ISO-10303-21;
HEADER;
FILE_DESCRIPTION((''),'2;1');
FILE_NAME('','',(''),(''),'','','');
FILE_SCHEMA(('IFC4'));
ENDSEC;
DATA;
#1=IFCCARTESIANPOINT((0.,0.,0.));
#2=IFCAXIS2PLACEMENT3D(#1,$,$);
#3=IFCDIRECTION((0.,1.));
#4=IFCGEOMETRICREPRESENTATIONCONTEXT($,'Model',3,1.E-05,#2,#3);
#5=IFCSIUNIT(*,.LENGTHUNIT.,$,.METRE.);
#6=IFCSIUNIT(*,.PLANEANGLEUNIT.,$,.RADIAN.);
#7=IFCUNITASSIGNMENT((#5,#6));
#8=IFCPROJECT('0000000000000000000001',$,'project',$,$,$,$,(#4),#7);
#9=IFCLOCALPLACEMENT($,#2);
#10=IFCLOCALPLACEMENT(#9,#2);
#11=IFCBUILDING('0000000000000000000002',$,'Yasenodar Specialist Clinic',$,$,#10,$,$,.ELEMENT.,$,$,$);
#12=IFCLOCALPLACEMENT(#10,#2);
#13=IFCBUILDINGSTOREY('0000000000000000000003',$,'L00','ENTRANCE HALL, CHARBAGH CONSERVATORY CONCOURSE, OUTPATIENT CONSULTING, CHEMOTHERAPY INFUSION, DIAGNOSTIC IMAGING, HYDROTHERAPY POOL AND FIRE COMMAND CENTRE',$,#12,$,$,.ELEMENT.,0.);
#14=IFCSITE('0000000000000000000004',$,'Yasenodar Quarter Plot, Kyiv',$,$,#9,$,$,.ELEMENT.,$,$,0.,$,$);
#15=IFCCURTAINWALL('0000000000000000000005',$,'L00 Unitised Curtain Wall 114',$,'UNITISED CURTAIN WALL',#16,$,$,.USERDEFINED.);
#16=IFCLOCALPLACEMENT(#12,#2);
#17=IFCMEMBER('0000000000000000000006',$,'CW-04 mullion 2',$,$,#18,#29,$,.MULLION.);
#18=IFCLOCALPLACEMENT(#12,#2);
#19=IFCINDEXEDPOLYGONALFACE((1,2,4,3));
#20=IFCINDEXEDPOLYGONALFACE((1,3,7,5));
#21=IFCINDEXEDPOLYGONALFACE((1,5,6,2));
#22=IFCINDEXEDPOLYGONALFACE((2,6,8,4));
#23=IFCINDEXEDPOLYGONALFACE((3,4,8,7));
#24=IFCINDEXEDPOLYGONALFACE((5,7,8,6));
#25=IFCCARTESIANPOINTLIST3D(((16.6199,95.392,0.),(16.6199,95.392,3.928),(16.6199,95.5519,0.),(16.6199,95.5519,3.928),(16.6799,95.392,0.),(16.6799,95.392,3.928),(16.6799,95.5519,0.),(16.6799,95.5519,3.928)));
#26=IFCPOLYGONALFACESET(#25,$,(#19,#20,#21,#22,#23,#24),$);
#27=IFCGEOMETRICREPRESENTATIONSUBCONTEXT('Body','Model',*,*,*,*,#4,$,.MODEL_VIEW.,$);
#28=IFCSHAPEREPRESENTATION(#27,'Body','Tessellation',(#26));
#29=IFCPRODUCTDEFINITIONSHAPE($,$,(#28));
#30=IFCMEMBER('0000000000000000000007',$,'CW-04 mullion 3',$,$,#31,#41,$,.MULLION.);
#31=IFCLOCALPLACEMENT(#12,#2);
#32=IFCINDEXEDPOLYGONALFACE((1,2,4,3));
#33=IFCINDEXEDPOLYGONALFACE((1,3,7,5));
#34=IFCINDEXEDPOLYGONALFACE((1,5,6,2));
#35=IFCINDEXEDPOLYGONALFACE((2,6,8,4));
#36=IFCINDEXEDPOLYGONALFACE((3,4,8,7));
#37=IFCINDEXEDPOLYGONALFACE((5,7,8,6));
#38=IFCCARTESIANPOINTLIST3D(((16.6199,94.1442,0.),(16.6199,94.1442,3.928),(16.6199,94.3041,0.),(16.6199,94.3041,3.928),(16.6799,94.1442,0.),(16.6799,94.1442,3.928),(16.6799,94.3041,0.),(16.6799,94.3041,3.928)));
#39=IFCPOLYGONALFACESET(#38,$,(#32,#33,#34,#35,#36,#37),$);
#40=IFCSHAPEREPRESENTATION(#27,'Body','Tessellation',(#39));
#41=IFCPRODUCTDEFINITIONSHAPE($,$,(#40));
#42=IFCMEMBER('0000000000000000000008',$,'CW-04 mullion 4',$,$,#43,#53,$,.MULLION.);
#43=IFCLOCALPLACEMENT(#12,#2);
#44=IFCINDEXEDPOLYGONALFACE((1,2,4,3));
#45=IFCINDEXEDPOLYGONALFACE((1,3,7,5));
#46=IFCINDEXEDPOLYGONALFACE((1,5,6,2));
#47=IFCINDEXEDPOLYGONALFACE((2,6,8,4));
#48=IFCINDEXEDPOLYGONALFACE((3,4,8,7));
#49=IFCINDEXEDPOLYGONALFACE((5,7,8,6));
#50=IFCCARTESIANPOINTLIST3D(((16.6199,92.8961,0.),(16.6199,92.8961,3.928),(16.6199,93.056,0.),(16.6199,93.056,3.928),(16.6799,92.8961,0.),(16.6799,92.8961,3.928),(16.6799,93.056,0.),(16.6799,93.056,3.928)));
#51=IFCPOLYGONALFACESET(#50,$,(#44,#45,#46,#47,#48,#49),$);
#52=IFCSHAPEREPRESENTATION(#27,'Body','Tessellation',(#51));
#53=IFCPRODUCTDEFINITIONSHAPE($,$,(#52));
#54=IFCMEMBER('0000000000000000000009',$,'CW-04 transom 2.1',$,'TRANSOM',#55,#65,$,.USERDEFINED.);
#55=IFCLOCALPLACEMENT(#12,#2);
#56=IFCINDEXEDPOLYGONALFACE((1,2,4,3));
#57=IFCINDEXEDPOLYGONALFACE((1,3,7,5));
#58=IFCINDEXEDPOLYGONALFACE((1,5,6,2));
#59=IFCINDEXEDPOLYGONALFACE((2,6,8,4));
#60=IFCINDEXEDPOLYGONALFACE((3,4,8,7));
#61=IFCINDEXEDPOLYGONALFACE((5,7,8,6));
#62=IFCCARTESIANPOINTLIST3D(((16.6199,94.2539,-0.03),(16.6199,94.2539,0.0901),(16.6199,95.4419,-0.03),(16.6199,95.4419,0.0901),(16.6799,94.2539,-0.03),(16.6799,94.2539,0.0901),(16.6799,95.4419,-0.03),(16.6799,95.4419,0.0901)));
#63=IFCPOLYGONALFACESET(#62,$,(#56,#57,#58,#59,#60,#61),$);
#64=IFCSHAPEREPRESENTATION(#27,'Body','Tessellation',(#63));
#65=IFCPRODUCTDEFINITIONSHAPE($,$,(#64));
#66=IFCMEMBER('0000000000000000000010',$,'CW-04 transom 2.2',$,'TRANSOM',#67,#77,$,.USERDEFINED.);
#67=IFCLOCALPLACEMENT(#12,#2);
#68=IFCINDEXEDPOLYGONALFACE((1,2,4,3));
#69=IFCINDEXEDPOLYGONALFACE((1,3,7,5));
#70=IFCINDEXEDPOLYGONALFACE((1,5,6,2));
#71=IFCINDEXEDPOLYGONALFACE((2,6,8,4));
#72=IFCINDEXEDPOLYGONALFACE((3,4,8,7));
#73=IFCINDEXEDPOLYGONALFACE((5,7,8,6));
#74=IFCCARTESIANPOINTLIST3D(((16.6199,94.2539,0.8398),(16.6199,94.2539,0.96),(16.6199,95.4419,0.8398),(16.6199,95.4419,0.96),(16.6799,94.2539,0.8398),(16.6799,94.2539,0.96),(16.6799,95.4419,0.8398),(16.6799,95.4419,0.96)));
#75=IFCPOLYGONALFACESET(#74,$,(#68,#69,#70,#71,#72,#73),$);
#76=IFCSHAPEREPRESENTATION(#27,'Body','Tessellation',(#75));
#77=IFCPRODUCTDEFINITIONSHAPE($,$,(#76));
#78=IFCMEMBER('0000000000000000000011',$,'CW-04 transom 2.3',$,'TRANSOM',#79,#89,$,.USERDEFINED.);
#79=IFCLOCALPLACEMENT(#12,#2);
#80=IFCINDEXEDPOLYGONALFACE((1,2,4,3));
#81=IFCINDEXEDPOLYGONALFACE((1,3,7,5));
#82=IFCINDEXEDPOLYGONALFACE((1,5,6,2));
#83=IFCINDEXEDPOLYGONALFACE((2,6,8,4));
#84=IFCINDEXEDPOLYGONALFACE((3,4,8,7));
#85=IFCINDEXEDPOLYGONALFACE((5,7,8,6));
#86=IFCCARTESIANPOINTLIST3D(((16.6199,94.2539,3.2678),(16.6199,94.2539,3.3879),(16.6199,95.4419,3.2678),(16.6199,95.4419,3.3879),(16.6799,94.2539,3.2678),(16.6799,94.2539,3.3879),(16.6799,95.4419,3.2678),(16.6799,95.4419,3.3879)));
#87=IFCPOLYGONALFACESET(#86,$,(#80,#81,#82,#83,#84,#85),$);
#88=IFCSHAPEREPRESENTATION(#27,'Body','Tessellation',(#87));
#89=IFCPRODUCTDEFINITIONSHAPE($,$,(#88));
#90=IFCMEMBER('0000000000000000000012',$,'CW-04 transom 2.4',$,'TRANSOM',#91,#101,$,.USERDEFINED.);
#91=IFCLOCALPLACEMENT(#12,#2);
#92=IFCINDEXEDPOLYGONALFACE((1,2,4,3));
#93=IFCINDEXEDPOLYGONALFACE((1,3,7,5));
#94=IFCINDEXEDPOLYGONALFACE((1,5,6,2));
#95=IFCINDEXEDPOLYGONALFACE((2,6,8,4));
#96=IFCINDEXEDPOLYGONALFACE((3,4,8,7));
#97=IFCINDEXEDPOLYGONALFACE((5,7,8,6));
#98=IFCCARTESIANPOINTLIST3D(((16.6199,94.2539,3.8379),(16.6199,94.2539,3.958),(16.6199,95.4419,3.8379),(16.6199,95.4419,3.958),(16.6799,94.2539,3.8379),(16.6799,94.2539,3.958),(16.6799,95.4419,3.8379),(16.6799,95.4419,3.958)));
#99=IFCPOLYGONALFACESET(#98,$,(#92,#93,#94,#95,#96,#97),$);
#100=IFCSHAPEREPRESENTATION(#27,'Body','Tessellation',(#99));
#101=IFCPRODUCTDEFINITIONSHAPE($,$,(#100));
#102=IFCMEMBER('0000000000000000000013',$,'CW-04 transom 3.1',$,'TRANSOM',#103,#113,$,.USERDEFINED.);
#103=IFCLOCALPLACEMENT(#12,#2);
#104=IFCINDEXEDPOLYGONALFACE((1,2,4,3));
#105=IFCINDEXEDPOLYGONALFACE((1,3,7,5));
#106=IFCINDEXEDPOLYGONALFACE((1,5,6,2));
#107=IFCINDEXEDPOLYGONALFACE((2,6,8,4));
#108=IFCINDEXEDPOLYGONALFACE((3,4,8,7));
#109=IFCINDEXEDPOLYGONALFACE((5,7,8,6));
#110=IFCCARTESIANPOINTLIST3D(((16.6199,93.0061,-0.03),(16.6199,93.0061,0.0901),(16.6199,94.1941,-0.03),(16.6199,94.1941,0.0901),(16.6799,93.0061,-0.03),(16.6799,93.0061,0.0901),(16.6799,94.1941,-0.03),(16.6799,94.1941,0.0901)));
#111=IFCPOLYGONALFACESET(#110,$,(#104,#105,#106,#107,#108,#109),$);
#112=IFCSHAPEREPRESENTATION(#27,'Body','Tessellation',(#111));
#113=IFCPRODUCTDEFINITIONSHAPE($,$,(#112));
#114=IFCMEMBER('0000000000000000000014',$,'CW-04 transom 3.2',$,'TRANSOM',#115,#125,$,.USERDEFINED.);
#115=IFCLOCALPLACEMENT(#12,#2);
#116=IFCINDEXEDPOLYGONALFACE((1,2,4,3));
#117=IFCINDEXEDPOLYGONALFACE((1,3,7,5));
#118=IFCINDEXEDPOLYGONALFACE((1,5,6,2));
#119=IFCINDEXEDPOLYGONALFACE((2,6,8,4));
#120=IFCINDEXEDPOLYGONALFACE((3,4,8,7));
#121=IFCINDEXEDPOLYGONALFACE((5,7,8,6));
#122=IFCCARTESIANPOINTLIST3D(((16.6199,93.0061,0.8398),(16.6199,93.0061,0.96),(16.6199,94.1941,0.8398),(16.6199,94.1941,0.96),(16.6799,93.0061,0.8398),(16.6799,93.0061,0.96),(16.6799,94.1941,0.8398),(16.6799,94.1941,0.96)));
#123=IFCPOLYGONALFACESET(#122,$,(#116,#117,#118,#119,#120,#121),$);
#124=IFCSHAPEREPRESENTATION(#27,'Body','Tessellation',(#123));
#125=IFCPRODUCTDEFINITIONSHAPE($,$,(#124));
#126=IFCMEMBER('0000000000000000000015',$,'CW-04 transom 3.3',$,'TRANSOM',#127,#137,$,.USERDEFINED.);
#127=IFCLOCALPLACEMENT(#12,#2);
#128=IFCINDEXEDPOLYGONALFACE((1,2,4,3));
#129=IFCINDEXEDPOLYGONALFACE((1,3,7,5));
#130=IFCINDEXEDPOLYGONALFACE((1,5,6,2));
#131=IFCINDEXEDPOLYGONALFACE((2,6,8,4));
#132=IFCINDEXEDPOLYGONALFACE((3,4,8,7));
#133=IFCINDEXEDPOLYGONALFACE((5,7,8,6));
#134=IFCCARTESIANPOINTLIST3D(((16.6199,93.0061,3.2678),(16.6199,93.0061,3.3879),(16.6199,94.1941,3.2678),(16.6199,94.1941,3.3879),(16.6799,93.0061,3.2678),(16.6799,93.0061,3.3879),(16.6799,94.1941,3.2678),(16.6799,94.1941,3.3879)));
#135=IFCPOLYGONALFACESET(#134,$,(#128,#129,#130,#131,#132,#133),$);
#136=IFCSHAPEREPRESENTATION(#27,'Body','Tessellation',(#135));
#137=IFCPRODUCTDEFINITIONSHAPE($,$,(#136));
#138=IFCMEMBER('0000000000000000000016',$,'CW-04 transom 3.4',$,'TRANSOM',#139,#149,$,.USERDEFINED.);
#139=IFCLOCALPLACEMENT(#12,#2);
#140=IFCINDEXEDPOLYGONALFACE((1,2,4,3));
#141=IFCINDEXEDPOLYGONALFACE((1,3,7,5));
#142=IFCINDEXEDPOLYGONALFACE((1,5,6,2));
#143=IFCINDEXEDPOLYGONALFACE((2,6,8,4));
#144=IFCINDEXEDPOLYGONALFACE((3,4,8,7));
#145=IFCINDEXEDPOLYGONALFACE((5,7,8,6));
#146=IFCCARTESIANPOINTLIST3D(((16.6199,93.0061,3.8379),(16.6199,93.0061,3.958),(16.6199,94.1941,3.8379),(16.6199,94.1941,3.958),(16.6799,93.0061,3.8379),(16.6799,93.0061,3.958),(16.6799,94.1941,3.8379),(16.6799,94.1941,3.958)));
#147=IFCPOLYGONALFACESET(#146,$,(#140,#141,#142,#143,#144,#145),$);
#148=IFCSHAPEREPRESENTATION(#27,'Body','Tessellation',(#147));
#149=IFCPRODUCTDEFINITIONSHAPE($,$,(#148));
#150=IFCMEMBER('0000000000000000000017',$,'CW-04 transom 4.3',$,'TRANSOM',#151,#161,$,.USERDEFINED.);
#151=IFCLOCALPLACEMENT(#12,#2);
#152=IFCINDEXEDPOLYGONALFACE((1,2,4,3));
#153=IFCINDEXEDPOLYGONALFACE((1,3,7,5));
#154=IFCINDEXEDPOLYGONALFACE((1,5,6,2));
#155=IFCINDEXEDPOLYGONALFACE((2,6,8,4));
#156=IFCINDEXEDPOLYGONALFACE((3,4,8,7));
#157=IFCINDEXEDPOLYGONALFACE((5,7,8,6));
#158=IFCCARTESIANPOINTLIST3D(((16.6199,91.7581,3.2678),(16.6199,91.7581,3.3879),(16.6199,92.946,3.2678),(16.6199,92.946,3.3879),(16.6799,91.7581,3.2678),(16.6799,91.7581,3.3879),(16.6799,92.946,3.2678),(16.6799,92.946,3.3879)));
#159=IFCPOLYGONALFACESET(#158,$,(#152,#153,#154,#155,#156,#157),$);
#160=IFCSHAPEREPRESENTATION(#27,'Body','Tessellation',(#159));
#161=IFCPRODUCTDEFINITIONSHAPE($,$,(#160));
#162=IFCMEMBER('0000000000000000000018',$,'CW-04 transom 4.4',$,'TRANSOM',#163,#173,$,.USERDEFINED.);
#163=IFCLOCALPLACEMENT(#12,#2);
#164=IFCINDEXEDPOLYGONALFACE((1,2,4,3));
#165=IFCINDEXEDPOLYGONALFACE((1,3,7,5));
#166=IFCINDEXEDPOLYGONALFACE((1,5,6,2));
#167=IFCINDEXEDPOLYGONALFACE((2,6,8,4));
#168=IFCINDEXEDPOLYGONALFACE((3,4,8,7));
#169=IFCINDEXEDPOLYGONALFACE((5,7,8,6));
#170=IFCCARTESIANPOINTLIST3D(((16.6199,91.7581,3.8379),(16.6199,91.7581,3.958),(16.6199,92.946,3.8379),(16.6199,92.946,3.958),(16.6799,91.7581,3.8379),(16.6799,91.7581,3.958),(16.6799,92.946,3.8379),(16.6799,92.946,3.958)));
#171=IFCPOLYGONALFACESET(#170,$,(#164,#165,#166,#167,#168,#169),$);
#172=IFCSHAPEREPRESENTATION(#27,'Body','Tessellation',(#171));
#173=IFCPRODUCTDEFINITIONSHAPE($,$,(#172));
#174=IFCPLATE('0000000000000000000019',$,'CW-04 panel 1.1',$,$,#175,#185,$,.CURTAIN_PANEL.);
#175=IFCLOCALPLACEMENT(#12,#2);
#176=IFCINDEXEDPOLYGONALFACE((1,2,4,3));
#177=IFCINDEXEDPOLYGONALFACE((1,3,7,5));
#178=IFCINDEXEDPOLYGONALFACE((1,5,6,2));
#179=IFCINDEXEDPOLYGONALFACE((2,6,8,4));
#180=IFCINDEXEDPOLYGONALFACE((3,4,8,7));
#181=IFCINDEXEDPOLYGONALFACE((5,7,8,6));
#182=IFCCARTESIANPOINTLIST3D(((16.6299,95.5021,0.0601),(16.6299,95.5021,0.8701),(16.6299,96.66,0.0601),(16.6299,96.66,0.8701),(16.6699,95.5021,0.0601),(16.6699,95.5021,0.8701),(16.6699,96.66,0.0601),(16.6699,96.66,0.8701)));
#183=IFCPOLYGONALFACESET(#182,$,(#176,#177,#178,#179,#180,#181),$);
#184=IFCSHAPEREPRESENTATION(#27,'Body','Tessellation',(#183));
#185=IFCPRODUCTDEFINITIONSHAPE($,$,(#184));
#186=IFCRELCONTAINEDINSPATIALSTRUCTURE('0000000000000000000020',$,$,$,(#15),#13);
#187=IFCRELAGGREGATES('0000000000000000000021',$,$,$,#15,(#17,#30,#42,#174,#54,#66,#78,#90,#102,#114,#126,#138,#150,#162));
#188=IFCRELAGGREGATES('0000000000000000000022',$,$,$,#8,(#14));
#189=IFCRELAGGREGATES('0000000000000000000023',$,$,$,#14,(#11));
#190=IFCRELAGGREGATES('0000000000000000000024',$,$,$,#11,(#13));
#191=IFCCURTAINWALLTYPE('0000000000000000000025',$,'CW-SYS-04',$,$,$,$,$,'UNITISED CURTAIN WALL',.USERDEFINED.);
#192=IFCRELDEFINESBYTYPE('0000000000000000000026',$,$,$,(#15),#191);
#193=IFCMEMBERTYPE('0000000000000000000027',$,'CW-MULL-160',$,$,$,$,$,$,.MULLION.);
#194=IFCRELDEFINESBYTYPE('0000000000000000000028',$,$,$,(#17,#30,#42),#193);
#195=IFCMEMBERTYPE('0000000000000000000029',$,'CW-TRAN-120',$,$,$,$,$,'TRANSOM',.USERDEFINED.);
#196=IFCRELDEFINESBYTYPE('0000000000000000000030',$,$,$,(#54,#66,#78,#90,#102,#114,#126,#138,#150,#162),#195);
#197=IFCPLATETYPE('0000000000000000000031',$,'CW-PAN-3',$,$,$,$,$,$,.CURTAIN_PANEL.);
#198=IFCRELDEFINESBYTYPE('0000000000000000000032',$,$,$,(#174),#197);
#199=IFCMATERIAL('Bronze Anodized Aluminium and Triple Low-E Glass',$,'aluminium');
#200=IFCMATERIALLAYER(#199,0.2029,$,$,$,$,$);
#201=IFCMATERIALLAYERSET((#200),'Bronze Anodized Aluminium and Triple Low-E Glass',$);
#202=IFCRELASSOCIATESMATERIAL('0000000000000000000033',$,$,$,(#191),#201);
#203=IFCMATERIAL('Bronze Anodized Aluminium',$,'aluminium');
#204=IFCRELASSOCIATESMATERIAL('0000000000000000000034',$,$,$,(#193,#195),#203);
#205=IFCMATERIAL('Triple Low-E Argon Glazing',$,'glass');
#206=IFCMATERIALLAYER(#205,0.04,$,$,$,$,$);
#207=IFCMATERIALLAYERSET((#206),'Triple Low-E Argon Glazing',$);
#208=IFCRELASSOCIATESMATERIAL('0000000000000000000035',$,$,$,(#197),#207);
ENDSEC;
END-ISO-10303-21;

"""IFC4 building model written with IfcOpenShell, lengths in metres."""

from ifc_helpers import new_model, si_unit, direction, frame, origin, origin_2d, place, context, subcontext, project, spatial, rectangle, extrude, material, layer, layer_set, material_profile, profile_set, type_object, element, aggregate, save


model = new_model("IFC4")

# Units and contexts
model_context = context("Model", 3, precision=1e-05, world=origin(), true_north=direction((0.0, 1.0)))
body_context = subcontext(model_context, "Body", "Model", "MODEL_VIEW")
ifc_project = project(units=[si_unit("LENGTHUNIT", "METRE"), si_unit("PLANEANGLEUNIT", "RADIAN")], contexts=[model_context])

# Site, building, storey
site_placement = place(None, origin())
site = spatial("IfcSite", under=ifc_project, at=site_placement, Name="Yasenodar Quarter Plot, Kyiv", CompositionType="ELEMENT", RefElevation=0.0)
building_placement = place(site_placement, origin())
building = spatial("IfcBuilding", under=site, at=building_placement, Name="Yasenodar Specialist Clinic", CompositionType="ELEMENT")
storey_placement = place(building_placement, origin())
storey = spatial("IfcBuildingStorey", under=building, at=storey_placement, Name="L00", Description="ENTRANCE HALL, CHARBAGH CONSERVATORY CONCOURSE, OUTPATIENT CONSULTING, CHEMOTHERAPY INFUSION, DIAGNOSTIC IMAGING, HYDROTHERAPY POOL AND FIRE COMMAND CENTRE", CompositionType="ELEMENT", Elevation=0.0)

# Curtain wall, members, plate
ifc_material_1 = material(Name="Bronze Anodized Aluminium and Triple Low-E Glass", Category="aluminium")
ifc_layer_1 = layer(ifc_material_1, 0.2029)
ifc_layer_set_1 = layer_set([ifc_layer_1], Name="Bronze Anodized Aluminium and Triple Low-E Glass")
curtain_wall_type = type_object("IfcCurtainWallType", Name="CW-SYS-04", ElementType="UNITISED CURTAIN WALL", PredefinedType="USERDEFINED", material=ifc_layer_set_1)
curtain_wall_placement = place(storey_placement, origin())
curtain_wall = element("IfcCurtainWall", 1, at=curtain_wall_placement, inside=storey, type_object=curtain_wall_type, Name="L00 Unitised Curtain Wall 114", ObjectType="UNITISED CURTAIN WALL", PredefinedType="USERDEFINED")
ifc_material_2 = material(Name="Bronze Anodized Aluminium", Category="aluminium")
ifc_material_profile_1 = material_profile(ifc_material_2, rectangle(XDim=0.0601, YDim=0.1599, at=origin_2d()), Name="CW-MULL 60x160")
ifc_profile_set_1 = profile_set([ifc_material_profile_1], Name="Bronze Anodized Aluminium")
member_type_1 = type_object("IfcMemberType", Name="CW-MULL-160", PredefinedType="MULLION", material=ifc_profile_set_1)
member_1_placement = place(storey_placement, frame((16.6499, 95.4719, 0.0), z_axis=(0.0, 0.0, 1.0), x_axis=(1.0, 0.0, 0.0)))
member_1 = element("IfcMember", 2, at=member_1_placement, type_object=member_type_1, Name="CW-04 mullion 2", PredefinedType="MULLION", context=body_context, shape_type="SweptSolid", body=[
    extrude(rectangle(XDim=0.0601, YDim=0.1599, at=origin_2d()), origin(), (0.0, 0.0, 1.0), 3.928),
])
member_2_placement = place(storey_placement, frame((16.6499, 94.2241, 0.0), z_axis=(0.0, 0.0, 1.0), x_axis=(1.0, 0.0, 0.0)))
member_2 = element("IfcMember", 3, at=member_2_placement, type_object=member_type_1, Name="CW-04 mullion 3", PredefinedType="MULLION", context=body_context, shape_type="SweptSolid", body=[
    extrude(rectangle(XDim=0.0601, YDim=0.1599, at=origin_2d()), origin(), (0.0, 0.0, 1.0), 3.928),
])
member_3_placement = place(storey_placement, frame((16.6499, 92.9761, 0.0), z_axis=(0.0, 0.0, 1.0), x_axis=(1.0, 0.0, 0.0)))
member_3 = element("IfcMember", 4, at=member_3_placement, type_object=member_type_1, Name="CW-04 mullion 4", PredefinedType="MULLION", context=body_context, shape_type="SweptSolid", body=[
    extrude(rectangle(XDim=0.0601, YDim=0.1599, at=origin_2d()), origin(), (0.0, 0.0, 1.0), 3.928),
])
ifc_material_profile_2 = material_profile(ifc_material_2, rectangle(XDim=0.0601, YDim=0.1201, at=origin_2d()), Name="CW-TRAN 60x120")
ifc_profile_set_2 = profile_set([ifc_material_profile_2], Name="Bronze Anodized Aluminium")
member_type_2 = type_object("IfcMemberType", Name="CW-TRAN-120", ElementType="TRANSOM", PredefinedType="USERDEFINED", material=ifc_profile_set_2)
member_4_placement = place(storey_placement, frame((16.6499, 95.4419, 0.03), z_axis=(0.0, -1.0, 0.0), x_axis=(1.0, 0.0, 0.0)))
member_4 = element("IfcMember", 5, at=member_4_placement, type_object=member_type_2, Name="CW-04 transom 2.1", ObjectType="TRANSOM", PredefinedType="USERDEFINED", context=body_context, shape_type="SweptSolid", body=[
    extrude(rectangle(XDim=0.0601, YDim=0.1201, at=origin_2d()), origin(), (0.0, 0.0, 1.0), 1.188),
])
member_5_placement = place(storey_placement, frame((16.6499, 95.4419, 0.8999), z_axis=(0.0, -1.0, 0.0), x_axis=(1.0, 0.0, 0.0)))
member_5 = element("IfcMember", 6, at=member_5_placement, type_object=member_type_2, Name="CW-04 transom 2.2", ObjectType="TRANSOM", PredefinedType="USERDEFINED", context=body_context, shape_type="SweptSolid", body=[
    extrude(rectangle(XDim=0.0601, YDim=0.1201, at=origin_2d()), origin(), (0.0, 0.0, 1.0), 1.188),
])
member_6_placement = place(storey_placement, frame((16.6499, 95.4419, 3.3279), z_axis=(0.0, -1.0, 0.0), x_axis=(1.0, 0.0, 0.0)))
member_6 = element("IfcMember", 7, at=member_6_placement, type_object=member_type_2, Name="CW-04 transom 2.3", ObjectType="TRANSOM", PredefinedType="USERDEFINED", context=body_context, shape_type="SweptSolid", body=[
    extrude(rectangle(XDim=0.0601, YDim=0.1201, at=origin_2d()), origin(), (0.0, 0.0, 1.0), 1.188),
])
member_7_placement = place(storey_placement, frame((16.6499, 95.4419, 3.8979), z_axis=(0.0, -1.0, 0.0), x_axis=(1.0, 0.0, 0.0)))
member_7 = element("IfcMember", 8, at=member_7_placement, type_object=member_type_2, Name="CW-04 transom 2.4", ObjectType="TRANSOM", PredefinedType="USERDEFINED", context=body_context, shape_type="SweptSolid", body=[
    extrude(rectangle(XDim=0.0601, YDim=0.1201, at=origin_2d()), origin(), (0.0, 0.0, 1.0), 1.188),
])
member_8_placement = place(storey_placement, frame((16.6499, 94.1941, 0.03), z_axis=(0.0, -1.0, 0.0), x_axis=(1.0, 0.0, 0.0)))
member_8 = element("IfcMember", 9, at=member_8_placement, type_object=member_type_2, Name="CW-04 transom 3.1", ObjectType="TRANSOM", PredefinedType="USERDEFINED", context=body_context, shape_type="SweptSolid", body=[
    extrude(rectangle(XDim=0.0601, YDim=0.1201, at=origin_2d()), origin(), (0.0, 0.0, 1.0), 1.188),
])
member_9_placement = place(storey_placement, frame((16.6499, 94.1941, 0.8999), z_axis=(0.0, -1.0, 0.0), x_axis=(1.0, 0.0, 0.0)))
member_9 = element("IfcMember", 10, at=member_9_placement, type_object=member_type_2, Name="CW-04 transom 3.2", ObjectType="TRANSOM", PredefinedType="USERDEFINED", context=body_context, shape_type="SweptSolid", body=[
    extrude(rectangle(XDim=0.0601, YDim=0.1201, at=origin_2d()), origin(), (0.0, 0.0, 1.0), 1.188),
])
member_10_placement = place(storey_placement, frame((16.6499, 94.1941, 3.3279), z_axis=(0.0, -1.0, 0.0), x_axis=(1.0, 0.0, 0.0)))
member_10 = element("IfcMember", 11, at=member_10_placement, type_object=member_type_2, Name="CW-04 transom 3.3", ObjectType="TRANSOM", PredefinedType="USERDEFINED", context=body_context, shape_type="SweptSolid", body=[
    extrude(rectangle(XDim=0.0601, YDim=0.1201, at=origin_2d()), origin(), (0.0, 0.0, 1.0), 1.188),
])
member_11_placement = place(storey_placement, frame((16.6499, 94.1941, 3.8979), z_axis=(0.0, -1.0, 0.0), x_axis=(1.0, 0.0, 0.0)))
member_11 = element("IfcMember", 12, at=member_11_placement, type_object=member_type_2, Name="CW-04 transom 3.4", ObjectType="TRANSOM", PredefinedType="USERDEFINED", context=body_context, shape_type="SweptSolid", body=[
    extrude(rectangle(XDim=0.0601, YDim=0.1201, at=origin_2d()), origin(), (0.0, 0.0, 1.0), 1.188),
])
member_12_placement = place(storey_placement, frame((16.6499, 92.946, 3.3279), z_axis=(0.0, -1.0, 0.0), x_axis=(1.0, 0.0, 0.0)))
member_12 = element("IfcMember", 13, at=member_12_placement, type_object=member_type_2, Name="CW-04 transom 4.3", ObjectType="TRANSOM", PredefinedType="USERDEFINED", context=body_context, shape_type="SweptSolid", body=[
    extrude(rectangle(XDim=0.0601, YDim=0.1201, at=origin_2d()), origin(), (0.0, 0.0, 1.0), 1.188),
])
member_13_placement = place(storey_placement, frame((16.6499, 92.946, 3.8979), z_axis=(0.0, -1.0, 0.0), x_axis=(1.0, 0.0, 0.0)))
member_13 = element("IfcMember", 14, at=member_13_placement, type_object=member_type_2, Name="CW-04 transom 4.4", ObjectType="TRANSOM", PredefinedType="USERDEFINED", context=body_context, shape_type="SweptSolid", body=[
    extrude(rectangle(XDim=0.0601, YDim=0.1201, at=origin_2d()), origin(), (0.0, 0.0, 1.0), 1.188),
])
ifc_material_3 = material(Name="Triple Low-E Argon Glazing", Category="glass")
ifc_layer_2 = layer(ifc_material_3, 0.04)
ifc_layer_set_2 = layer_set([ifc_layer_2], Name="Triple Low-E Argon Glazing")
plate_type = type_object("IfcPlateType", Name="CW-PAN-3", PredefinedType="CURTAIN_PANEL", material=ifc_layer_set_2)
plate_1_placement = place(storey_placement, frame((16.6499, 96.0811, 0.0601), z_axis=(0.0, 0.0, 1.0), x_axis=(0.0, -1.0, 0.0)))
plate_1 = element("IfcPlate", 15, at=plate_1_placement, type_object=plate_type, Name="CW-04 panel 1.1", PredefinedType="CURTAIN_PANEL", context=body_context, shape_type="SweptSolid", body=[
    extrude(rectangle(XDim=1.158, YDim=0.04, at=origin_2d()), origin(), (0.0, 0.0, 1.0), 0.8101),
])
aggregate(curtain_wall, [member_1, member_2, member_3, plate_1, member_4, member_5, member_6, member_7, member_8, member_9, member_10, member_11, member_12, member_13])

save(model, "model.ifc")
